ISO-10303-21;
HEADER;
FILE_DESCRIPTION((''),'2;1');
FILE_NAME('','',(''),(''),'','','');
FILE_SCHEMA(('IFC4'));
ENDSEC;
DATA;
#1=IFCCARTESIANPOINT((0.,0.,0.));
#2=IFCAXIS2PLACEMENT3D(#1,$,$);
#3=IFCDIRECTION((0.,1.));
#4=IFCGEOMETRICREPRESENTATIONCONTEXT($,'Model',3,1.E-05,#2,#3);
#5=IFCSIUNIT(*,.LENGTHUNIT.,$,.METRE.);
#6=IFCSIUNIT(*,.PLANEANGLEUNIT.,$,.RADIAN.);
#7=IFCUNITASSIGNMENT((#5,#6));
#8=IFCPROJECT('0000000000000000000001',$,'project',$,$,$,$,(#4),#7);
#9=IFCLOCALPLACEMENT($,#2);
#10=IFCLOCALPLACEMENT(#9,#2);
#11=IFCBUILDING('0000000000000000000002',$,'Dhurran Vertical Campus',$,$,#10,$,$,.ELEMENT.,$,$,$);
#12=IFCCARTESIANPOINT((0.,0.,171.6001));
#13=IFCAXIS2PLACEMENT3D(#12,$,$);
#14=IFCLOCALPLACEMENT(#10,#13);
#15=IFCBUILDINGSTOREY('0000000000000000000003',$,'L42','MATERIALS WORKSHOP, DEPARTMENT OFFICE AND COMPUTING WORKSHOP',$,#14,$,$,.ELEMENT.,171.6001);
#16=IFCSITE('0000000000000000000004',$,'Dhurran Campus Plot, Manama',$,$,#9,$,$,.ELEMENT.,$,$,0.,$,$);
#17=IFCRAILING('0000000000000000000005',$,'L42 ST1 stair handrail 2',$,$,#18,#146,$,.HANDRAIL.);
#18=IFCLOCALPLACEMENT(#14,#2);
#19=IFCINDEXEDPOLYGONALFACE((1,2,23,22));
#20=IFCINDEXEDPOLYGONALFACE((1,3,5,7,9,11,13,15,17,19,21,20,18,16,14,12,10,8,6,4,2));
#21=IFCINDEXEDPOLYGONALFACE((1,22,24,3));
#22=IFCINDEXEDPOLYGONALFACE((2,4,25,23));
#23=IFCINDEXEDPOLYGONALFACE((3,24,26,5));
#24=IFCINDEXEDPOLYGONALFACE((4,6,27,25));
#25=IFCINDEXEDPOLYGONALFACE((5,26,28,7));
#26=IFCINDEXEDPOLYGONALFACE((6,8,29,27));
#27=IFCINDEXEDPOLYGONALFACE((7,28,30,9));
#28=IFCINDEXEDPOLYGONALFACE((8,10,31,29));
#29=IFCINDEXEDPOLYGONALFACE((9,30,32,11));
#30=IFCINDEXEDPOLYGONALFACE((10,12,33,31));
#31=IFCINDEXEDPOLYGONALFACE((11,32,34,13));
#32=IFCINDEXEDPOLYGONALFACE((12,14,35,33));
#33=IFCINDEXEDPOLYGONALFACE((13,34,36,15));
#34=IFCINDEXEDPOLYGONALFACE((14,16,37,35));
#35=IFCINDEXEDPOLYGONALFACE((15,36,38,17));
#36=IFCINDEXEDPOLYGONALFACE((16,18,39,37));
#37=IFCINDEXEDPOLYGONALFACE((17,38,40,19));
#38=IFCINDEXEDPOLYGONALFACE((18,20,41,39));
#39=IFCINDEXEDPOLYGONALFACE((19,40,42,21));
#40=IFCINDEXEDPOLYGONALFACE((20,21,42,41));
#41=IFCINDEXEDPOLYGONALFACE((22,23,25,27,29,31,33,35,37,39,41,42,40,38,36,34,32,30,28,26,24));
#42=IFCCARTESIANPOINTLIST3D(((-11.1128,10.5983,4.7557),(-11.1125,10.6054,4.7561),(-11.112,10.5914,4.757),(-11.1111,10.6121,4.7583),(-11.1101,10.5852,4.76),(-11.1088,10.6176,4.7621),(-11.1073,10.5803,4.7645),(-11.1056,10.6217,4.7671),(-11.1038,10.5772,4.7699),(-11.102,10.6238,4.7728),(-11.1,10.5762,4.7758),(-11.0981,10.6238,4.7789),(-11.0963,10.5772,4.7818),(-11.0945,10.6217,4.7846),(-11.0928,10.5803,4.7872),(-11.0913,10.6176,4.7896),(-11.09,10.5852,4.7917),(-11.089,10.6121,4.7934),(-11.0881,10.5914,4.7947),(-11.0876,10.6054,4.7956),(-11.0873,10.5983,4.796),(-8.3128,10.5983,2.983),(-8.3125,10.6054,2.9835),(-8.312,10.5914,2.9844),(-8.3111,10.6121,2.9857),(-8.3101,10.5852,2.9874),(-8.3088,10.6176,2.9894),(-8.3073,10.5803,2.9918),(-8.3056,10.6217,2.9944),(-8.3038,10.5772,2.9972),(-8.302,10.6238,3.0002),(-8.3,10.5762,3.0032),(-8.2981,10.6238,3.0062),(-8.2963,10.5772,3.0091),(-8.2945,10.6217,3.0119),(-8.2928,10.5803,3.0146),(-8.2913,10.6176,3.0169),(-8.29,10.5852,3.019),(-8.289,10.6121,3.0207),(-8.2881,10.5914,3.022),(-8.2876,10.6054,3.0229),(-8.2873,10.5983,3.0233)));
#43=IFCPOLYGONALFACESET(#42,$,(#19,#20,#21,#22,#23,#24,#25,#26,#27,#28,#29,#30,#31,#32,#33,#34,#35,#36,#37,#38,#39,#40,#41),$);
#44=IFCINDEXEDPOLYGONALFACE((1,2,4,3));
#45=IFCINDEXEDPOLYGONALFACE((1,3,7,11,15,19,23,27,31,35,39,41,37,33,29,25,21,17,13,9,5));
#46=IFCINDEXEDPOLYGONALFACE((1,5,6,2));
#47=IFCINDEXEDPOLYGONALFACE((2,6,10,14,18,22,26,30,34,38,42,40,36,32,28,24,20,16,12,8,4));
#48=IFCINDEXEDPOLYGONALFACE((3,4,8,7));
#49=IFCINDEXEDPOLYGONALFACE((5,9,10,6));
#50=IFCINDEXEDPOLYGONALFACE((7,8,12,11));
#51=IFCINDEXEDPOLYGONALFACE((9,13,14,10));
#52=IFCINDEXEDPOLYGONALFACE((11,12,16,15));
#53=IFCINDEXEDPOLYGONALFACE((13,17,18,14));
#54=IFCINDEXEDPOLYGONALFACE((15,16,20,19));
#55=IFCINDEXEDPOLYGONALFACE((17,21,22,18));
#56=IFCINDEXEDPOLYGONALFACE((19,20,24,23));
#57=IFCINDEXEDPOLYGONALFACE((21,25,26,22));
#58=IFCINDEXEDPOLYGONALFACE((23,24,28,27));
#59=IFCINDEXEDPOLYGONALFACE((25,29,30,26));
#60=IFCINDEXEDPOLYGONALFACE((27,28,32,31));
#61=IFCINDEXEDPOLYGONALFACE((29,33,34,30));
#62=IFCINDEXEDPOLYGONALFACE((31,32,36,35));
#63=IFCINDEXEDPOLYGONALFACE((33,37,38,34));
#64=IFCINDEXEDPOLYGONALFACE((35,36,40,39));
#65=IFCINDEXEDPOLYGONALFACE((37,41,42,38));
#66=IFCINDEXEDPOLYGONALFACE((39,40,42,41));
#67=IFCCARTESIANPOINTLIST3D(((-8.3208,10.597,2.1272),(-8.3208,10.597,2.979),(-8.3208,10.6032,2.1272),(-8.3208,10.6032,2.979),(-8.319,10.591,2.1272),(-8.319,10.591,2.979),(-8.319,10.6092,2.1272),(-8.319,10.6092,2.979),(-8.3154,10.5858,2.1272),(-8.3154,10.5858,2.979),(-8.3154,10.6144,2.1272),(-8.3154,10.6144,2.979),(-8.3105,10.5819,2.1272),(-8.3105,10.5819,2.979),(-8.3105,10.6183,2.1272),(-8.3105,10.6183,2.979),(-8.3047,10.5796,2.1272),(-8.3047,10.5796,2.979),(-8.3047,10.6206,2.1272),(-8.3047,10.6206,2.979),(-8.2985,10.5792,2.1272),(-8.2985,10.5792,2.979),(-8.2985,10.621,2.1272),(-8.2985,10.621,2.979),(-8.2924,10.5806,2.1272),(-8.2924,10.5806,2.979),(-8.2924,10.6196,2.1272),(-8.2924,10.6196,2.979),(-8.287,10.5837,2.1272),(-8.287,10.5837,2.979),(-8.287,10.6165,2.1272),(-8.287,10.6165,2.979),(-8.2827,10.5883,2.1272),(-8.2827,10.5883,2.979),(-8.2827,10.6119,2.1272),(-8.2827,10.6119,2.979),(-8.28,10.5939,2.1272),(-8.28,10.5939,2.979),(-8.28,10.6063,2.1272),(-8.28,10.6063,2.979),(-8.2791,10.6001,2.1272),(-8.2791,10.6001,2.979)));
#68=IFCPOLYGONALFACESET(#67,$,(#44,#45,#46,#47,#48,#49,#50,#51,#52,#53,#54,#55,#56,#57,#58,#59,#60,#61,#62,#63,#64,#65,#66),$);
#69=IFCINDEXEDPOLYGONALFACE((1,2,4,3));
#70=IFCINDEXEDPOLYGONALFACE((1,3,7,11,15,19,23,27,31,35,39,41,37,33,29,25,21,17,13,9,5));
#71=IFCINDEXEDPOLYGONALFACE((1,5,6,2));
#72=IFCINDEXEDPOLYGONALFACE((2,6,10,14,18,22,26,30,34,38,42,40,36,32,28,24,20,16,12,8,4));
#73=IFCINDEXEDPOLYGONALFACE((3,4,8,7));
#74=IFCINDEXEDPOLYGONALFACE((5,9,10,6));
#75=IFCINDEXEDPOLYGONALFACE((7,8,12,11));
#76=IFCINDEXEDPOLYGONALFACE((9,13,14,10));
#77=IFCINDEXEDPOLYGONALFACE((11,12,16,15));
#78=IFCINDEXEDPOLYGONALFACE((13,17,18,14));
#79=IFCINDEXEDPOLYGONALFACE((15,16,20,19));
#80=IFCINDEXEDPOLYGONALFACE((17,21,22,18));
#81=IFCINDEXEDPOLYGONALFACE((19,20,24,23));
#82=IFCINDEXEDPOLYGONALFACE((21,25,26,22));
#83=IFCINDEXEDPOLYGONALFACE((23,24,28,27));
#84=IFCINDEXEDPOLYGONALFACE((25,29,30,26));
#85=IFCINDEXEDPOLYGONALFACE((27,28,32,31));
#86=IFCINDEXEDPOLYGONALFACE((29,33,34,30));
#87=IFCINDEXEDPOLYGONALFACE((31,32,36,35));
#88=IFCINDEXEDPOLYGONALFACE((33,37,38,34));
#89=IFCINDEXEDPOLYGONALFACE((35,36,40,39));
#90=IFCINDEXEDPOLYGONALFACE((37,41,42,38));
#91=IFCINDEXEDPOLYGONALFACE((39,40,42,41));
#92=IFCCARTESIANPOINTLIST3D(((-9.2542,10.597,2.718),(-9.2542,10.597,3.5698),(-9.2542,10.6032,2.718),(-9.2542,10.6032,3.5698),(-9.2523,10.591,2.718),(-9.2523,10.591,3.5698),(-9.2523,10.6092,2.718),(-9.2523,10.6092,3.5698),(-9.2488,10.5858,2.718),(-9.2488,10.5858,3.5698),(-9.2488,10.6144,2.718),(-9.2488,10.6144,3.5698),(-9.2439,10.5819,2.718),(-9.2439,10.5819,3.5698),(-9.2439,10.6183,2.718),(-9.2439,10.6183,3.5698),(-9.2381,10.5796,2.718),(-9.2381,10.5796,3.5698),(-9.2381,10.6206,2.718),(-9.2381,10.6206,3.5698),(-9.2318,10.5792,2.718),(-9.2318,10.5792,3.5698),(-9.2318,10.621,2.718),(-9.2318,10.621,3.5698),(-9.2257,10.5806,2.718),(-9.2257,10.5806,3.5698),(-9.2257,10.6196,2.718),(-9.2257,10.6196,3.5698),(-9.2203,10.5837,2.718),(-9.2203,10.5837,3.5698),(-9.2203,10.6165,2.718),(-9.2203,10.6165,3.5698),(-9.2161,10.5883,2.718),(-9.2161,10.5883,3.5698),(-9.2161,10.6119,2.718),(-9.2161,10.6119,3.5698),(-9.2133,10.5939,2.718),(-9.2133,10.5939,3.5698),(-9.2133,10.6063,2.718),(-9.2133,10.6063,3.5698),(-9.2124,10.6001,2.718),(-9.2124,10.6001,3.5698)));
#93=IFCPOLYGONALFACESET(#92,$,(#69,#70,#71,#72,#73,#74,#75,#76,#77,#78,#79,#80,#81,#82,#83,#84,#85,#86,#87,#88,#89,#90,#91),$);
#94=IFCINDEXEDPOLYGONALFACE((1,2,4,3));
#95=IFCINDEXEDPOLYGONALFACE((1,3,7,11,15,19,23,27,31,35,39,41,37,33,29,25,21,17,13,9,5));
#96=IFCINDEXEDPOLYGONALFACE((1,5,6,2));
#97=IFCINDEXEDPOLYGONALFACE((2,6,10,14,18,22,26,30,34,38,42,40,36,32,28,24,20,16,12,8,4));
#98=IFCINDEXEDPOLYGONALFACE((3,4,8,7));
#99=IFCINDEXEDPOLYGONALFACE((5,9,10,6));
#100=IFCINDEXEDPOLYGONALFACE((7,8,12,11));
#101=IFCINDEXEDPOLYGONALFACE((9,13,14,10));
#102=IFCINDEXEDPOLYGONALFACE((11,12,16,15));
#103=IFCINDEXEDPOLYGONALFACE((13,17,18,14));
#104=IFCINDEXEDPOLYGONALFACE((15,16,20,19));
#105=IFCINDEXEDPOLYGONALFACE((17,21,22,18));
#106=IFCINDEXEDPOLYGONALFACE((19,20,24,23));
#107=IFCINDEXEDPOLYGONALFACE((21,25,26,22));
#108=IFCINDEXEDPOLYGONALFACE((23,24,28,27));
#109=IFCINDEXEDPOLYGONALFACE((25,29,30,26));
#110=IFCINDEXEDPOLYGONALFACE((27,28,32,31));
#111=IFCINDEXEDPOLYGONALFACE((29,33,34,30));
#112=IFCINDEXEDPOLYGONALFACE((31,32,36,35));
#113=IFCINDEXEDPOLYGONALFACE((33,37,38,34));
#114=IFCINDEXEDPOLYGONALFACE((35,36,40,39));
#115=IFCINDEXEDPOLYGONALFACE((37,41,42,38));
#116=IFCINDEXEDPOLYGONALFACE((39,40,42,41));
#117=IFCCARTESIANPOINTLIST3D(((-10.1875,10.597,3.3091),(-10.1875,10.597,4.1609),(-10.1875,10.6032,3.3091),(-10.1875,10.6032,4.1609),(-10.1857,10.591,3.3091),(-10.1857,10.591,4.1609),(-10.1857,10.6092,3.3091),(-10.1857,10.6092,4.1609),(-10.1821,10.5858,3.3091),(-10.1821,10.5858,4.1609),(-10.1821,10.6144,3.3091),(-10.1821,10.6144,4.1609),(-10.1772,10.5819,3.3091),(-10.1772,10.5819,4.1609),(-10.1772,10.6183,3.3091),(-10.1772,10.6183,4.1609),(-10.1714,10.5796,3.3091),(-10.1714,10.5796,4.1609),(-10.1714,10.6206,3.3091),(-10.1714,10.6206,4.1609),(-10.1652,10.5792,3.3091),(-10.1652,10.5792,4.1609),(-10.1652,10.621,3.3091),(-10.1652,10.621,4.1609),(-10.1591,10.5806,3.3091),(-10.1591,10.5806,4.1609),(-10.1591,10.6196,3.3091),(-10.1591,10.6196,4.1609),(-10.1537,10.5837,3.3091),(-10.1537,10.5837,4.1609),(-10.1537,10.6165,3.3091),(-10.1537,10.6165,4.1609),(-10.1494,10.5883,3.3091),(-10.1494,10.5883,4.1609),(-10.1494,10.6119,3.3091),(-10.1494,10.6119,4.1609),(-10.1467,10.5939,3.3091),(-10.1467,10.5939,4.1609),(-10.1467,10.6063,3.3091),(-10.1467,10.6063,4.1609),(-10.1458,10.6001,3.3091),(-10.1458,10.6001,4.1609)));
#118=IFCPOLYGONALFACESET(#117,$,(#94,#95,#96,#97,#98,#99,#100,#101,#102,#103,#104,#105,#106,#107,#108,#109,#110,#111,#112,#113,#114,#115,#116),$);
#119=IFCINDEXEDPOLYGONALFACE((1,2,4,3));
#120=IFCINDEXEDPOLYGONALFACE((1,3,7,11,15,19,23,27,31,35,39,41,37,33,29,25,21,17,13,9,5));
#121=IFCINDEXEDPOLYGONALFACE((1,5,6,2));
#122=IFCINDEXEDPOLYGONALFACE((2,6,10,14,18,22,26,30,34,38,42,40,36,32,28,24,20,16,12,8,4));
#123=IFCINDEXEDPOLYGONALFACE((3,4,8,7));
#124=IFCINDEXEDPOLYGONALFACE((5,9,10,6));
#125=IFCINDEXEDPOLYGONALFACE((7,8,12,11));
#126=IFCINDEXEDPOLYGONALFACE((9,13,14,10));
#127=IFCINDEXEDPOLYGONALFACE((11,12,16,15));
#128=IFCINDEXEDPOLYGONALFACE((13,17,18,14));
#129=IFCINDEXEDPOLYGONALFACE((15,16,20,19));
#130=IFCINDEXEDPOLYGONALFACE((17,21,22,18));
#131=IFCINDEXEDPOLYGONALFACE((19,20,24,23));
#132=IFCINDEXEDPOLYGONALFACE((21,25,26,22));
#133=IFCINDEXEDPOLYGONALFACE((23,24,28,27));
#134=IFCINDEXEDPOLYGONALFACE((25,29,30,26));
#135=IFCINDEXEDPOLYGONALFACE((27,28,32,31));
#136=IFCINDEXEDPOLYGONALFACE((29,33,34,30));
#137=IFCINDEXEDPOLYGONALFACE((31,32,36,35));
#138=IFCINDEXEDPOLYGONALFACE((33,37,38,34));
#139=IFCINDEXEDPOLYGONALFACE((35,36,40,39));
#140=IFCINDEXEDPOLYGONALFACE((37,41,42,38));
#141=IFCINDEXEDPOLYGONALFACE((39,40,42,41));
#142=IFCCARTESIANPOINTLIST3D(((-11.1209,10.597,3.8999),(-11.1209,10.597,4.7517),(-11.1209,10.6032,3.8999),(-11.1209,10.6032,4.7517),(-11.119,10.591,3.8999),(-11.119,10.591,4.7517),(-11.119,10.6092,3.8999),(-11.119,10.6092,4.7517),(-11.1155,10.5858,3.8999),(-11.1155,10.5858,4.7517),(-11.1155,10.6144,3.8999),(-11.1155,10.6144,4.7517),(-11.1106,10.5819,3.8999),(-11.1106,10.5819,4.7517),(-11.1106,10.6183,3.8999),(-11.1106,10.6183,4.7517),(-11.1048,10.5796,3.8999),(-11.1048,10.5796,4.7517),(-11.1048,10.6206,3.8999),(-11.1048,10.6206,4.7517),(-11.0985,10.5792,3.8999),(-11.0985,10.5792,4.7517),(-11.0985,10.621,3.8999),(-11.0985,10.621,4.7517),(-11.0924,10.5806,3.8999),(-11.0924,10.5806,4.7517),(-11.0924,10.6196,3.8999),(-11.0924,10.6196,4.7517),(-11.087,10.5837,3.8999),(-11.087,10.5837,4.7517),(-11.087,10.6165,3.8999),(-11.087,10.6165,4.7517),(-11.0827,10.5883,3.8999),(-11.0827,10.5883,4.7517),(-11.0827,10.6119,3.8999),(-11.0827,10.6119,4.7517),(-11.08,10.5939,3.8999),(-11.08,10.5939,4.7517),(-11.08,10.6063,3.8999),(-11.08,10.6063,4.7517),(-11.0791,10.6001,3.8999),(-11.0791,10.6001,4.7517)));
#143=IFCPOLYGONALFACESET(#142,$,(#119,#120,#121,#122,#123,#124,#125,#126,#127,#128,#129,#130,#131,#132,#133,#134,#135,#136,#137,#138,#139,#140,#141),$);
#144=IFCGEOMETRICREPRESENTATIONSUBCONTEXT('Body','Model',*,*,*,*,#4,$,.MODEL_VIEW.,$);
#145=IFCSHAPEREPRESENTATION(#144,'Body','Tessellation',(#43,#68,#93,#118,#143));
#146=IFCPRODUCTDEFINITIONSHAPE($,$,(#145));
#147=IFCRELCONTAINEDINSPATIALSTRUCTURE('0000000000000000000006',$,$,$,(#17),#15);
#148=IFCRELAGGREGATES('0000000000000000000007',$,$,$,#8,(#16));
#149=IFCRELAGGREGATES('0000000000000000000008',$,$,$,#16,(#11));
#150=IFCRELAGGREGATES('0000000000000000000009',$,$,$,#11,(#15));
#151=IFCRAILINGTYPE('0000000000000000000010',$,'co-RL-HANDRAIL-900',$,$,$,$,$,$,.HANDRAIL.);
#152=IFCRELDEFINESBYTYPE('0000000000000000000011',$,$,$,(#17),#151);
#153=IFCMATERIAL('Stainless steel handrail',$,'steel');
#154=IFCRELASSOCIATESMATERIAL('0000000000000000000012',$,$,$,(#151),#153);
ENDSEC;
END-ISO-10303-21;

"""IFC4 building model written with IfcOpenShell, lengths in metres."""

from ifc_helpers import new_model, si_unit, direction, frame, origin, origin_2d, place, context, subcontext, project, spatial, circle, extrude, material, type_object, element, save


model = new_model("IFC4")

# Units and contexts
model_context = context("Model", 3, precision=1e-05, world=origin(), true_north=direction((0.0, 1.0)))
body_context = subcontext(model_context, "Body", "Model", "MODEL_VIEW")
ifc_project = project(units=[si_unit("LENGTHUNIT", "METRE"), si_unit("PLANEANGLEUNIT", "RADIAN")], contexts=[model_context])

# Site, building, storey
site_placement = place(None, origin())
site = spatial("IfcSite", under=ifc_project, at=site_placement, Name="Dhurran Campus Plot, Manama", CompositionType="ELEMENT", RefElevation=0.0)
building_placement = place(site_placement, origin())
building = spatial("IfcBuilding", under=site, at=building_placement, Name="Dhurran Vertical Campus", CompositionType="ELEMENT")
storey_placement = place(building_placement, frame((0.0, 0.0, 171.6001)))
storey = spatial("IfcBuildingStorey", under=building, at=storey_placement, Name="L42", Description="MATERIALS WORKSHOP, DEPARTMENT OFFICE AND COMPUTING WORKSHOP", CompositionType="ELEMENT", Elevation=171.6001)

# Railing
ifc_material_1 = material(Name="Stainless steel handrail", Category="steel")
railing_type_1 = type_object("IfcRailingType", Name="co-RL-HANDRAIL-900", PredefinedType="HANDRAIL", material=ifc_material_1)
railing_1_placement = place(storey_placement, frame((-8.3, 10.6001, 2.1272)))
element("IfcRailing", 1, at=railing_1_placement, inside=storey, type_object=railing_type_1, Name="L42 ST1 stair handrail 2", PredefinedType="HANDRAIL", context=body_context, shape_type="SweptSolid", body=[
    extrude(circle(Radius=0.0239, at=origin_2d()), frame((0.0, 0.0, 0.876), z_axis=(-0.844909, 0.0, 0.53491), x_axis=(0.0, -1.0, 0.0)), (0.0, 0.0, 1.0), 3.314),
    extrude(circle(Radius=0.021, at=origin_2d()), origin(), (0.0, 0.0, 1.0), 0.8518),
    extrude(circle(Radius=0.021, at=origin_2d()), frame((-0.9333, 0.0, 0.5908)), (0.0, 0.0, 1.0), 0.8518),
    extrude(circle(Radius=0.021, at=origin_2d()), frame((-1.8667, 0.0, 1.1819)), (0.0, 0.0, 1.0), 0.8518),
    extrude(circle(Radius=0.021, at=origin_2d()), frame((-2.8, 0.0, 1.7727)), (0.0, 0.0, 1.0), 0.8518),
])

save(model, "model.ifc")
